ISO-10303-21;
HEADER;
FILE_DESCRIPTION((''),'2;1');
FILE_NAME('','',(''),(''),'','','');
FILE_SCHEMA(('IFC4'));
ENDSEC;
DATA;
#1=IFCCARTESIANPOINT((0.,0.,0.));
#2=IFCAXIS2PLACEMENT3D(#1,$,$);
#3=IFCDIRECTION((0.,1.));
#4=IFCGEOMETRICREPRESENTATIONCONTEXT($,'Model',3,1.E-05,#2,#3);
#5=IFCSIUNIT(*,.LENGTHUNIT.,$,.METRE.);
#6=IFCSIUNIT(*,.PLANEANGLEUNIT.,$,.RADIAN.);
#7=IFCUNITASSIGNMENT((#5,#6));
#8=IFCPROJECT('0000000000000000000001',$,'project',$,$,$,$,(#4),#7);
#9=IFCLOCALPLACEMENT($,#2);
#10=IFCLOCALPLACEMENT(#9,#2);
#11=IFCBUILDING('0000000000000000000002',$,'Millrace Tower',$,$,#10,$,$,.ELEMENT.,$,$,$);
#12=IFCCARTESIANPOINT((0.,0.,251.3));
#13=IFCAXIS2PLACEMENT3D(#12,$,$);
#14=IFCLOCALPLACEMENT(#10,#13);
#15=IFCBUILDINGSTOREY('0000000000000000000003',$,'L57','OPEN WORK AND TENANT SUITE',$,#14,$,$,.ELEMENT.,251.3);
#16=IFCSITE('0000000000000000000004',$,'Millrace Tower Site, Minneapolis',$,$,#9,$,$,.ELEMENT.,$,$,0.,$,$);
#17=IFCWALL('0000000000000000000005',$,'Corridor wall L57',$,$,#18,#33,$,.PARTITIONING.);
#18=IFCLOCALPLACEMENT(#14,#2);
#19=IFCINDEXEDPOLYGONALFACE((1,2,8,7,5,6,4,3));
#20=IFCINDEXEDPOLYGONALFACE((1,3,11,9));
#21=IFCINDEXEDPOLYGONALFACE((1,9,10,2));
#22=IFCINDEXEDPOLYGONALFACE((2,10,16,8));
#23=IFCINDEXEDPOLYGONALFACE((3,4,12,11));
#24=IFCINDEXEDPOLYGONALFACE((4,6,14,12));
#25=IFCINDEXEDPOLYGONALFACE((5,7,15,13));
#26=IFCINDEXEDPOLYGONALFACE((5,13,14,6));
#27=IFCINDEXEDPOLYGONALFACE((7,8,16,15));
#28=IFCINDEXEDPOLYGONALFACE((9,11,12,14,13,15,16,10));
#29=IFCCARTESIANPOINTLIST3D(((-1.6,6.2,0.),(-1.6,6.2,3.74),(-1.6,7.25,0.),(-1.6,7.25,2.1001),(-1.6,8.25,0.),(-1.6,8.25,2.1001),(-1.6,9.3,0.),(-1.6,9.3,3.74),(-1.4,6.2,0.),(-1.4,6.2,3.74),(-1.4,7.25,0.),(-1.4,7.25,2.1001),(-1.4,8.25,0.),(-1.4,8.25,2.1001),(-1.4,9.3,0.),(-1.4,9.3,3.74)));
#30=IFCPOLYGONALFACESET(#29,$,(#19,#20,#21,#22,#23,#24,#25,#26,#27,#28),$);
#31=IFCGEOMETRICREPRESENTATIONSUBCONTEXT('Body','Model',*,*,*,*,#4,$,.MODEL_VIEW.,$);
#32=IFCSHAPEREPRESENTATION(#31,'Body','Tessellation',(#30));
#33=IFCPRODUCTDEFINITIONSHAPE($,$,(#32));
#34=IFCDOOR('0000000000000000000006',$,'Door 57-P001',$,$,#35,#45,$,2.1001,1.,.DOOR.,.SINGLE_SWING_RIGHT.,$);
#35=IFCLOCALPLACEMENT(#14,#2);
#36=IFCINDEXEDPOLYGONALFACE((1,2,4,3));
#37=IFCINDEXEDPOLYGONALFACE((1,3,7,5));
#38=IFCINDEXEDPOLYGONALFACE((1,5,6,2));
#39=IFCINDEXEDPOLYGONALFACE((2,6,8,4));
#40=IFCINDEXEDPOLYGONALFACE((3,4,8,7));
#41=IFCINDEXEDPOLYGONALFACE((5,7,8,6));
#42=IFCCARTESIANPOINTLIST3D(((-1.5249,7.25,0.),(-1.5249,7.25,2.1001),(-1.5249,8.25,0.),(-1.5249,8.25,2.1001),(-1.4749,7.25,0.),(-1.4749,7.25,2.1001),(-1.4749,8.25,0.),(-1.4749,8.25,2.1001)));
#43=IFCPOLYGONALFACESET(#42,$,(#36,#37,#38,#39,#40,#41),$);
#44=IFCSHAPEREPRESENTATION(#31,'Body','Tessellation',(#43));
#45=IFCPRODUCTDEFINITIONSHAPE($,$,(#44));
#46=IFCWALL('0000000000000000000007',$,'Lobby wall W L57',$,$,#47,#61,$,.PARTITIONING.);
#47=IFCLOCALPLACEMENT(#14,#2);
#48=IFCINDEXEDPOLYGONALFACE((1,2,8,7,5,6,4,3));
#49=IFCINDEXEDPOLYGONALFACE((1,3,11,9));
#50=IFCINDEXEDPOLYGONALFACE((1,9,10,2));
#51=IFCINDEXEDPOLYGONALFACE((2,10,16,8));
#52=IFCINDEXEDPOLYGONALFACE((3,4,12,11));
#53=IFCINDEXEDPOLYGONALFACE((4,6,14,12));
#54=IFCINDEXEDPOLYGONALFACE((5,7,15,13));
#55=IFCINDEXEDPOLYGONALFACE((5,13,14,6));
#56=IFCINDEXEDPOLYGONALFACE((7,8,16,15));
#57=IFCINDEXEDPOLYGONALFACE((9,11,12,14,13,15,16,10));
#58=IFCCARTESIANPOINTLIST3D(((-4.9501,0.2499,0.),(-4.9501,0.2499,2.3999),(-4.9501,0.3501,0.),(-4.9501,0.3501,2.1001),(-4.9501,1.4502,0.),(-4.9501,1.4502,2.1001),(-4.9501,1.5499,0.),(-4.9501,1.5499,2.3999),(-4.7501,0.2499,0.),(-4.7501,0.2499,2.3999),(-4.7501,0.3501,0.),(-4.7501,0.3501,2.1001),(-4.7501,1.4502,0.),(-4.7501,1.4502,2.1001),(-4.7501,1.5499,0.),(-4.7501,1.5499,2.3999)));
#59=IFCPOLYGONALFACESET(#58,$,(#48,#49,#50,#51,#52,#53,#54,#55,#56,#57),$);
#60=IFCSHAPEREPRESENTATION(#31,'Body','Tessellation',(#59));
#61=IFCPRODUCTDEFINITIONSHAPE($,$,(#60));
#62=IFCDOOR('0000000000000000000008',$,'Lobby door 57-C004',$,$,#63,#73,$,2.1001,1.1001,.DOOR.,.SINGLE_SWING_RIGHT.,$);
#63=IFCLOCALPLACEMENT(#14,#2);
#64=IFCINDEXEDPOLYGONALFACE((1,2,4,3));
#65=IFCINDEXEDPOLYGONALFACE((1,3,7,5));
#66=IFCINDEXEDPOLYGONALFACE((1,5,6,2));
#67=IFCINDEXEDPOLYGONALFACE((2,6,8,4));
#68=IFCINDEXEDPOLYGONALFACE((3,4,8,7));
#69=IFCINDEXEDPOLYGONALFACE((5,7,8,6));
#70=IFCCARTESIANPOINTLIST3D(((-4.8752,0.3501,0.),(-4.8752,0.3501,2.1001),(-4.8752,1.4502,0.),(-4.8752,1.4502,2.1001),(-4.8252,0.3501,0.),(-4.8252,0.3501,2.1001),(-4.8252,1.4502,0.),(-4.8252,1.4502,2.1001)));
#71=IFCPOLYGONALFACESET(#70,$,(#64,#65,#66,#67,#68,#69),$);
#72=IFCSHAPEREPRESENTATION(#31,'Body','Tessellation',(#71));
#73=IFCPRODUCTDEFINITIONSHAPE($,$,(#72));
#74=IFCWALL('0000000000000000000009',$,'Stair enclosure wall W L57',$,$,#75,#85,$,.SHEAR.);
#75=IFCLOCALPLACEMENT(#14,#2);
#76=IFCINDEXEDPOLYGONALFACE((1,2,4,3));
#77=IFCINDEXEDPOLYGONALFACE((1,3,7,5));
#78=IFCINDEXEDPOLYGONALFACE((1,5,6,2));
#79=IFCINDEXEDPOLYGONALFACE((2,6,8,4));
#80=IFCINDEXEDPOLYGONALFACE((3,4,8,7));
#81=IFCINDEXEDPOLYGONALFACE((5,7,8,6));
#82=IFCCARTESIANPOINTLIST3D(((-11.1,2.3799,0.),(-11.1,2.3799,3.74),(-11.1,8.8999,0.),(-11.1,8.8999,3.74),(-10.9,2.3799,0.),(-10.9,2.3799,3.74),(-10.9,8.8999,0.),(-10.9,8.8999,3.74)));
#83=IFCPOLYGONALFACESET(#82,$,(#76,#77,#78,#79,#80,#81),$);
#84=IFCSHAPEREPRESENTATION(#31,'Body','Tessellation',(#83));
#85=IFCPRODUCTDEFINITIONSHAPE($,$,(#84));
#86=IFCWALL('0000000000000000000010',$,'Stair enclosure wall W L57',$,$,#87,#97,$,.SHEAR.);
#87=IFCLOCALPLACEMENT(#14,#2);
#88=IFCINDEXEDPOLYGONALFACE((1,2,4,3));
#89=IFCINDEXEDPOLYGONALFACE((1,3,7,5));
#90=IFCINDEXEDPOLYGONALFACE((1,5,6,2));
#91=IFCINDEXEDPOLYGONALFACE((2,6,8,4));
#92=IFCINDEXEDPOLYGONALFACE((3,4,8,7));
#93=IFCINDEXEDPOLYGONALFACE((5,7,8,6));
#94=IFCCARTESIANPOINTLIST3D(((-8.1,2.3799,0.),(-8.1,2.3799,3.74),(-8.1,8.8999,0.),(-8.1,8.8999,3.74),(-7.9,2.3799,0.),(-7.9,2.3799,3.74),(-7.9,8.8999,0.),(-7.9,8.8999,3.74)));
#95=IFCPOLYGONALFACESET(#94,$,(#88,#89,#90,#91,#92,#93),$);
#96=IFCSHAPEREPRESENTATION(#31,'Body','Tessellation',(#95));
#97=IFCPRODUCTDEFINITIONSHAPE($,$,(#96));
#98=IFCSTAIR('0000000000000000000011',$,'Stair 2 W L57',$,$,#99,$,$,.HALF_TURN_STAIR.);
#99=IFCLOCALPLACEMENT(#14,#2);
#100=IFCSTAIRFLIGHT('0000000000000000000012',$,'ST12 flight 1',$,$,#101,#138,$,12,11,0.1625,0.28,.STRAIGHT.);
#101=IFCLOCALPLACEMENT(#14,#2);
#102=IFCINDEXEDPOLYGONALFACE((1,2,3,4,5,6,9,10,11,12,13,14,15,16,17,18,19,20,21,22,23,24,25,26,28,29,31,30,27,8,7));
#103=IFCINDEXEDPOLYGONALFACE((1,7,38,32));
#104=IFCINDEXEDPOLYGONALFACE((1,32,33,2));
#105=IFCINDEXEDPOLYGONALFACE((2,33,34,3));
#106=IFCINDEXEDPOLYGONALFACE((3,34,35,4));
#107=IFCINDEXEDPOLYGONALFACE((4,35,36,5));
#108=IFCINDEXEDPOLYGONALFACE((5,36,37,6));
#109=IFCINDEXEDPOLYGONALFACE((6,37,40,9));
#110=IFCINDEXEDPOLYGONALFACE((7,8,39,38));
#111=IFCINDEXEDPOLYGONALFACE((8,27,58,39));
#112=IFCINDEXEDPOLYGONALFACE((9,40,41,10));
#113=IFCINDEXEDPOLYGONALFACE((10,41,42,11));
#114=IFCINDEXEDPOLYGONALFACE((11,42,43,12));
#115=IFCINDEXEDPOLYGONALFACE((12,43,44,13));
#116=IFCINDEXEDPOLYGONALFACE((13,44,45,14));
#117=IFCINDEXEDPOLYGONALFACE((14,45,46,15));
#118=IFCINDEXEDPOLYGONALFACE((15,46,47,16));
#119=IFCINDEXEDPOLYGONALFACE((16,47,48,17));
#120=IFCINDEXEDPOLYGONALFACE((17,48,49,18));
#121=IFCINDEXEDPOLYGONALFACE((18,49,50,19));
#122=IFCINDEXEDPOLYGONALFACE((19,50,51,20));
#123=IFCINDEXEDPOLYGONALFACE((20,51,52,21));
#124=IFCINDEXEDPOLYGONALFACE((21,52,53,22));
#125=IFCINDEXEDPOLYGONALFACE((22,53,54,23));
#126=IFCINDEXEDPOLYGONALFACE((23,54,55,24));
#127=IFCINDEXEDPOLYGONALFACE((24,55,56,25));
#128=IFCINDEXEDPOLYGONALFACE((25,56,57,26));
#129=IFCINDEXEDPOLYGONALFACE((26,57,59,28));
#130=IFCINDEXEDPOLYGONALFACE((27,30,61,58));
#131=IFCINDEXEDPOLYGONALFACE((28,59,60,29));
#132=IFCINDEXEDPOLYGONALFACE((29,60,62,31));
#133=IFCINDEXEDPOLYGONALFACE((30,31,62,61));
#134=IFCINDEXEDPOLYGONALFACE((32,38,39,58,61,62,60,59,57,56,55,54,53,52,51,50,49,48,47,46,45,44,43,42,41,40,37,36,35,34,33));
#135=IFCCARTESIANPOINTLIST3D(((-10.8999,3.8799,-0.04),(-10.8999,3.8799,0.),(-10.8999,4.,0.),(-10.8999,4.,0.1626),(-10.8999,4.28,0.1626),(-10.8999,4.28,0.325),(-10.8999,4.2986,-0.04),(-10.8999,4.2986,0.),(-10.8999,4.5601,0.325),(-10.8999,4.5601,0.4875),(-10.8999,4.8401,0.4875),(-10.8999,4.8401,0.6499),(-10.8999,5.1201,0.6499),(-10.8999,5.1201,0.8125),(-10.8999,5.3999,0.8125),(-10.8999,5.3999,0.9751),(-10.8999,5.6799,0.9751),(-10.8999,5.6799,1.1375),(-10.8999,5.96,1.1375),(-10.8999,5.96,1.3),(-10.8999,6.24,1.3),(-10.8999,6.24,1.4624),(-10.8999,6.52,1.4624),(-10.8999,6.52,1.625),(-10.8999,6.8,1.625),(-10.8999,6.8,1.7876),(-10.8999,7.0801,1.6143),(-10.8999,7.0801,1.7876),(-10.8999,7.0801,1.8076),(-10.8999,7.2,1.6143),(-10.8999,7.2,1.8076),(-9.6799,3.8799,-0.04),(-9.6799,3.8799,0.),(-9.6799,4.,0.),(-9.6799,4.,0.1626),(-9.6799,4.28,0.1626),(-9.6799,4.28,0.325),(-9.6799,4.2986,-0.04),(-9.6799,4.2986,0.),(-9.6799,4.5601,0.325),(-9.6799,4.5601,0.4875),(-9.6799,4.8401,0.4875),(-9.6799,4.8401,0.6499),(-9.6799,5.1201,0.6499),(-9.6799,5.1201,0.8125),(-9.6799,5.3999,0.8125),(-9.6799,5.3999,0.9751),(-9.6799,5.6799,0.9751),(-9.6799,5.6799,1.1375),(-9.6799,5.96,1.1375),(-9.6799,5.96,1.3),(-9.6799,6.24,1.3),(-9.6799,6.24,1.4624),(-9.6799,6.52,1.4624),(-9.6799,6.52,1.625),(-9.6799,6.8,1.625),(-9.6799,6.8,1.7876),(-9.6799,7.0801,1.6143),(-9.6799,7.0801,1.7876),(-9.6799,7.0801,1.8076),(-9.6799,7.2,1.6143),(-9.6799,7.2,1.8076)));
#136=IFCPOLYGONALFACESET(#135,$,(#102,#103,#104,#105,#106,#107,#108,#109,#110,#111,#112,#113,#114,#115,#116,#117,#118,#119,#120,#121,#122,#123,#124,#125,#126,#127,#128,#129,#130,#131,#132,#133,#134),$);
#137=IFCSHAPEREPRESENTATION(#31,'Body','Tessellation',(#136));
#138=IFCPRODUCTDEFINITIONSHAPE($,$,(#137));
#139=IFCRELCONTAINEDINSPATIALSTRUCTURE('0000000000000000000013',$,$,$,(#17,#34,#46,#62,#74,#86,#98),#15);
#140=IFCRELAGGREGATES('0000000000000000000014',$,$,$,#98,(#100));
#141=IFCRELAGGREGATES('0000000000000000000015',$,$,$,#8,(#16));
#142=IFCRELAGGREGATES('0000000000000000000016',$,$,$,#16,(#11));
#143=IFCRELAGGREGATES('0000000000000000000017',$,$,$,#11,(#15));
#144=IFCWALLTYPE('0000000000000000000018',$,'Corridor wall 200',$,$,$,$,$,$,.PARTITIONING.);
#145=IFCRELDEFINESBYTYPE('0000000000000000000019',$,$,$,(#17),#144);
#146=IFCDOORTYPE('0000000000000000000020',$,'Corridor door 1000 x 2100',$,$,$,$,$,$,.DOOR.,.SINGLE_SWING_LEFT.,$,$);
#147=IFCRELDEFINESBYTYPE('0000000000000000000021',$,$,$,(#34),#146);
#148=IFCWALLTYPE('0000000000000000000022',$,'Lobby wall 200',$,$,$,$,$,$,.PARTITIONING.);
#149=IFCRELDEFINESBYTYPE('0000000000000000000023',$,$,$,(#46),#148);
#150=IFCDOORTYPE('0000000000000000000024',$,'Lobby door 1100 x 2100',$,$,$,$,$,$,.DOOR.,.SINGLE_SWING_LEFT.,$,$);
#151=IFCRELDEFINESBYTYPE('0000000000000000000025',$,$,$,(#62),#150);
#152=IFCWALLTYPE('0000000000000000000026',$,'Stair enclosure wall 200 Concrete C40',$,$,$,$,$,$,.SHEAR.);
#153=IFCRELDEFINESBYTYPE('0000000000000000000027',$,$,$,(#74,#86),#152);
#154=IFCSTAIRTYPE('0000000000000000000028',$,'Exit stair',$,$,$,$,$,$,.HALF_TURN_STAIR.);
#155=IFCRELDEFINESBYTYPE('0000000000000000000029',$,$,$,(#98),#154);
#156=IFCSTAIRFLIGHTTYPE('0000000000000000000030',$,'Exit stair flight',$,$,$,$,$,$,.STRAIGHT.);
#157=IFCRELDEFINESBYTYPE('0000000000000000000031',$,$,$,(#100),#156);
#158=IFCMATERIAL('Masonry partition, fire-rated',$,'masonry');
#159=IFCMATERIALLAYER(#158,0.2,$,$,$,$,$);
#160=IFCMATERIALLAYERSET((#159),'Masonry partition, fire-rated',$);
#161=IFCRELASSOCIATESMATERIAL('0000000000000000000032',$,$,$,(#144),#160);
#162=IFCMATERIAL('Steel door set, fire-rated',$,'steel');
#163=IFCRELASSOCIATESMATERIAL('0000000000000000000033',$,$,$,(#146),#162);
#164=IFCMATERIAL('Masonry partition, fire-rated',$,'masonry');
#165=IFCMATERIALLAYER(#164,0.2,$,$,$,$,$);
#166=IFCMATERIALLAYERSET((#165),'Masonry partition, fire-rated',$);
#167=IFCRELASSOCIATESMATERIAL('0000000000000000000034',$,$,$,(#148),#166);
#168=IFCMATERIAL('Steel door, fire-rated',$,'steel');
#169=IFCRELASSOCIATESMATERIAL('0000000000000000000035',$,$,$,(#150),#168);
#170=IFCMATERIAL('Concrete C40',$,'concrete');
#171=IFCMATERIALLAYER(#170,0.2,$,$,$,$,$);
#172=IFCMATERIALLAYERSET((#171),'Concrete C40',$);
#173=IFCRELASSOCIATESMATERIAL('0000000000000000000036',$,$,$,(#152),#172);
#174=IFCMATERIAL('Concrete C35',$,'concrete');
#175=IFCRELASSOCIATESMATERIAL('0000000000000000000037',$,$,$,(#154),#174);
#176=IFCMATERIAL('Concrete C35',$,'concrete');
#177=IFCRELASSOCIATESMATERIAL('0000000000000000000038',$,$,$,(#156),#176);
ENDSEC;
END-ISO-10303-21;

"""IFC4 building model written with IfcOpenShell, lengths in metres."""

from ifc_helpers import new_model, si_unit, direction, frame, frame_2d, origin, place, context, subcontext, project, spatial, polyline, rectangle, outline, extrude, material, layer, layer_set, type_object, element, fill, aggregate, save


model = new_model("IFC4")

# Units and contexts
model_context = context("Model", 3, precision=1e-05, world=origin(), true_north=direction((0.0, 1.0)))
body_context = subcontext(model_context, "Body", "Model", "MODEL_VIEW")
ifc_project = project(units=[si_unit("LENGTHUNIT", "METRE"), si_unit("PLANEANGLEUNIT", "RADIAN")], contexts=[model_context])

# Site, building, storey
site_placement = place(None, origin())
site = spatial("IfcSite", under=ifc_project, at=site_placement, Name="Millrace Tower Site, Minneapolis", CompositionType="ELEMENT", RefElevation=0.0)
building_placement = place(site_placement, origin())
building = spatial("IfcBuilding", under=site, at=building_placement, Name="Millrace Tower", CompositionType="ELEMENT")
storey_placement = place(building_placement, frame((0.0, 0.0, 251.3)))
storey = spatial("IfcBuildingStorey", under=building, at=storey_placement, Name="L57", Description="OPEN WORK AND TENANT SUITE", CompositionType="ELEMENT", Elevation=251.3)

# Shared definitions
placement_1 = place(storey_placement, origin())

# Shared definitions
ifc_material_1 = material(Name="Masonry partition, fire-rated", Category="masonry")
ifc_layer_1 = layer(ifc_material_1, 0.2)
ifc_layer_set_1 = layer_set([ifc_layer_1], Name="Masonry partition, fire-rated")
wall_type_1 = type_object("IfcWallType", Name="Corridor wall 200", PredefinedType="PARTITIONING", material=ifc_layer_set_1)

# Walls, openings, doors
wall_1_placement = place(storey_placement, frame((-1.5, 6.2, 0.0), z_axis=(0.0, 0.0, 1.0), x_axis=(0.0, 1.0, 0.0)))
wall_1 = element("IfcWall", 1, at=wall_1_placement, inside=storey, type_object=wall_type_1, Name="Corridor wall L57", PredefinedType="PARTITIONING", context=body_context, shape_type="SweptSolid", body=[
    extrude(rectangle(XDim=3.1001, YDim=0.2, at=frame_2d((1.55, 0.0))), origin(), (0.0, 0.0, 1.0), 3.74),
])
opening_1_placement = place(wall_1_placement, frame((1.05, 0.0, 0.0)))
opening_1 = element("IfcOpeningElement", 2, at=opening_1_placement, cuts=wall_1, PredefinedType="OPENING", context=body_context, shape_type="SweptSolid", body=[
    extrude(rectangle(XDim=1.0, YDim=2.1001, at=frame_2d((0.5, 1.05))), frame((0.0, 0.1099, 0.0), z_axis=(0.0, -1.0, 0.0), x_axis=(1.0, 0.0, 0.0)), (0.0, 0.0, 1.0), 0.22),
])
ifc_material_2 = material(Name="Steel door set, fire-rated", Category="steel")
door_type_1 = type_object("IfcDoorType", Name="Corridor door 1000 x 2100", OperationType="SINGLE_SWING_LEFT", PredefinedType="DOOR", material=ifc_material_2)
door_1_placement = place(opening_1_placement, origin())
door_1 = element("IfcDoor", 3, at=door_1_placement, inside=storey, type_object=door_type_1, Name="Door 57-P001", OperationType="SINGLE_SWING_RIGHT", OverallHeight=2.1001, OverallWidth=1.0, PredefinedType="DOOR", context=body_context, shape_type="SweptSolid", body=[
    extrude(rectangle(XDim=1.0, YDim=2.1001, at=frame_2d((0.5, 1.05))), frame((0.0, 0.0249, 0.0), z_axis=(0.0, -1.0, 0.0), x_axis=(1.0, 0.0, 0.0)), (0.0, 0.0, 1.0), 0.05),
])
fill(opening_1, door_1)
ifc_material_3 = material(Name="Masonry partition, fire-rated", Category="masonry")
ifc_layer_2 = layer(ifc_material_3, 0.2)
ifc_layer_set_2 = layer_set([ifc_layer_2], Name="Masonry partition, fire-rated")
wall_type_2 = type_object("IfcWallType", Name="Lobby wall 200", PredefinedType="PARTITIONING", material=ifc_layer_set_2)
wall_2_placement = place(storey_placement, frame((-4.8501, 0.25, 0.0), z_axis=(0.0, 0.0, 1.0), x_axis=(0.0, 1.0, 0.0)))
wall_2 = element("IfcWall", 4, at=wall_2_placement, inside=storey, type_object=wall_type_2, Name="Lobby wall W L57", PredefinedType="PARTITIONING", context=body_context, shape_type="SweptSolid", body=[
    extrude(rectangle(XDim=1.3, YDim=0.2, at=frame_2d((0.6499, 0.0))), origin(), (0.0, 0.0, 1.0), 2.3999),
])
opening_2_placement = place(wall_2_placement, frame((0.1001, 0.0, 0.0)))
opening_2 = element("IfcOpeningElement", 5, at=opening_2_placement, cuts=wall_2, PredefinedType="OPENING", context=body_context, shape_type="SweptSolid", body=[
    extrude(rectangle(XDim=1.1001, YDim=2.1001, at=frame_2d((0.55, 1.05))), frame((0.0, 0.1099, 0.0), z_axis=(0.0, -1.0, 0.0), x_axis=(1.0, 0.0, 0.0)), (0.0, 0.0, 1.0), 0.22),
])
ifc_material_4 = material(Name="Steel door, fire-rated", Category="steel")
door_type_2 = type_object("IfcDoorType", Name="Lobby door 1100 x 2100", OperationType="SINGLE_SWING_LEFT", PredefinedType="DOOR", material=ifc_material_4)
door_2_placement = place(opening_2_placement, frame((1.1001, 0.0, 0.0), z_axis=(0.0, 0.0, 1.0), x_axis=(-1.0, 0.0, 0.0)))
door_2 = element("IfcDoor", 6, at=door_2_placement, inside=storey, type_object=door_type_2, Name="Lobby door 57-C004", OperationType="SINGLE_SWING_RIGHT", OverallHeight=2.1001, OverallWidth=1.1001, PredefinedType="DOOR", context=body_context, shape_type="SweptSolid", body=[
    extrude(rectangle(XDim=1.1001, YDim=2.1001, at=frame_2d((0.55, 1.05))), frame((0.0, 0.0249, 0.0), z_axis=(0.0, -1.0, 0.0), x_axis=(1.0, 0.0, 0.0)), (0.0, 0.0, 1.0), 0.05),
])
fill(opening_2, door_2)

# Walls
ifc_material_5 = material(Name="Concrete C40", Category="concrete")
ifc_layer_3 = layer(ifc_material_5, 0.2)
ifc_layer_set_3 = layer_set([ifc_layer_3], Name="Concrete C40")
wall_type_3 = type_object("IfcWallType", Name="Stair enclosure wall 200 Concrete C40", PredefinedType="SHEAR", material=ifc_layer_set_3)
for number, where, z_axis, x_axis, name in (
    (7, (-11.0, 2.3799, 0.0), (0.0, 0.0, 1.0), (0.0, 1.0, 0.0), "Stair enclosure wall W L57"),
    (8, (-8.0, 2.3799, 0.0), (0.0, 0.0, 1.0), (0.0, 1.0, 0.0), "Stair enclosure wall W L57"),
):
    element("IfcWall", number, at=place(storey_placement, frame(where, z_axis=z_axis, x_axis=x_axis)), inside=storey, type_object=wall_type_3, Name=name, PredefinedType="SHEAR", context=body_context, shape_type="SweptSolid", body=[
        extrude(rectangle(XDim=6.52, YDim=0.2, at=frame_2d((3.26, 0.0))), origin(), (0.0, 0.0, 1.0), 3.74),
    ])

# Stair, stair flight
ifc_material_6 = material(Name="Concrete C35", Category="concrete")
stair_type = type_object("IfcStairType", Name="Exit stair", PredefinedType="HALF_TURN_STAIR", material=ifc_material_6)
stair_1 = element("IfcStair", 9, at=placement_1, inside=storey, type_object=stair_type, Name="Stair 2 W L57", PredefinedType="HALF_TURN_STAIR")
ifc_material_7 = material(Name="Concrete C35", Category="concrete")
stair_flight_type = type_object("IfcStairFlightType", Name="Exit stair flight", PredefinedType="STRAIGHT", material=ifc_material_7)
stair_flight_1_placement = place(storey_placement, frame((-10.29, 4.0, 0.0), z_axis=(0.0, 0.0, 1.0), x_axis=(0.0, 1.0, 0.0)))
stair_flight_1 = element("IfcStairFlight", 10, at=stair_flight_1_placement, type_object=stair_flight_type, Name="ST12 flight 1", NumberOfRisers=12, NumberOfTreads=11, PredefinedType="STRAIGHT", RiserHeight=0.1625, TreadLength=0.28, context=body_context, shape_type="SweptSolid", body=[
    extrude(outline(polyline([(-0.1201, -0.04), (-0.1201, 0.0), (0.0, 0.0), (0.0, 0.1626), (0.28, 0.1626), (0.28, 0.325), (0.5601, 0.325), (0.5601, 0.4875), (0.8401, 0.4875), (0.8401, 0.6499), (1.1201, 0.6499), (1.1201, 0.8125), (1.3999, 0.8125), (1.3999, 0.9751), (1.6799, 0.9751), (1.6799, 1.1375), (1.96, 1.1375), (1.96, 1.3), (2.24, 1.3), (2.24, 1.4624), (2.52, 1.4624), (2.52, 1.625), (2.8, 1.625), (2.8, 1.7876), (3.0801, 1.7876), (3.0801, 1.8076), (3.2, 1.8076), (3.2, 1.6143), (3.0801, 1.6143), (0.2986, 0.0), (0.2986, -0.04), (-0.1201, -0.04)])), frame((0.0, 0.6099, 0.0), z_axis=(0.0, -1.0, 0.0), x_axis=(1.0, 0.0, 0.0)), (0.0, 0.0, 1.0), 1.22),
])
aggregate(stair_1, [stair_flight_1])

save(model, "model.ifc")
